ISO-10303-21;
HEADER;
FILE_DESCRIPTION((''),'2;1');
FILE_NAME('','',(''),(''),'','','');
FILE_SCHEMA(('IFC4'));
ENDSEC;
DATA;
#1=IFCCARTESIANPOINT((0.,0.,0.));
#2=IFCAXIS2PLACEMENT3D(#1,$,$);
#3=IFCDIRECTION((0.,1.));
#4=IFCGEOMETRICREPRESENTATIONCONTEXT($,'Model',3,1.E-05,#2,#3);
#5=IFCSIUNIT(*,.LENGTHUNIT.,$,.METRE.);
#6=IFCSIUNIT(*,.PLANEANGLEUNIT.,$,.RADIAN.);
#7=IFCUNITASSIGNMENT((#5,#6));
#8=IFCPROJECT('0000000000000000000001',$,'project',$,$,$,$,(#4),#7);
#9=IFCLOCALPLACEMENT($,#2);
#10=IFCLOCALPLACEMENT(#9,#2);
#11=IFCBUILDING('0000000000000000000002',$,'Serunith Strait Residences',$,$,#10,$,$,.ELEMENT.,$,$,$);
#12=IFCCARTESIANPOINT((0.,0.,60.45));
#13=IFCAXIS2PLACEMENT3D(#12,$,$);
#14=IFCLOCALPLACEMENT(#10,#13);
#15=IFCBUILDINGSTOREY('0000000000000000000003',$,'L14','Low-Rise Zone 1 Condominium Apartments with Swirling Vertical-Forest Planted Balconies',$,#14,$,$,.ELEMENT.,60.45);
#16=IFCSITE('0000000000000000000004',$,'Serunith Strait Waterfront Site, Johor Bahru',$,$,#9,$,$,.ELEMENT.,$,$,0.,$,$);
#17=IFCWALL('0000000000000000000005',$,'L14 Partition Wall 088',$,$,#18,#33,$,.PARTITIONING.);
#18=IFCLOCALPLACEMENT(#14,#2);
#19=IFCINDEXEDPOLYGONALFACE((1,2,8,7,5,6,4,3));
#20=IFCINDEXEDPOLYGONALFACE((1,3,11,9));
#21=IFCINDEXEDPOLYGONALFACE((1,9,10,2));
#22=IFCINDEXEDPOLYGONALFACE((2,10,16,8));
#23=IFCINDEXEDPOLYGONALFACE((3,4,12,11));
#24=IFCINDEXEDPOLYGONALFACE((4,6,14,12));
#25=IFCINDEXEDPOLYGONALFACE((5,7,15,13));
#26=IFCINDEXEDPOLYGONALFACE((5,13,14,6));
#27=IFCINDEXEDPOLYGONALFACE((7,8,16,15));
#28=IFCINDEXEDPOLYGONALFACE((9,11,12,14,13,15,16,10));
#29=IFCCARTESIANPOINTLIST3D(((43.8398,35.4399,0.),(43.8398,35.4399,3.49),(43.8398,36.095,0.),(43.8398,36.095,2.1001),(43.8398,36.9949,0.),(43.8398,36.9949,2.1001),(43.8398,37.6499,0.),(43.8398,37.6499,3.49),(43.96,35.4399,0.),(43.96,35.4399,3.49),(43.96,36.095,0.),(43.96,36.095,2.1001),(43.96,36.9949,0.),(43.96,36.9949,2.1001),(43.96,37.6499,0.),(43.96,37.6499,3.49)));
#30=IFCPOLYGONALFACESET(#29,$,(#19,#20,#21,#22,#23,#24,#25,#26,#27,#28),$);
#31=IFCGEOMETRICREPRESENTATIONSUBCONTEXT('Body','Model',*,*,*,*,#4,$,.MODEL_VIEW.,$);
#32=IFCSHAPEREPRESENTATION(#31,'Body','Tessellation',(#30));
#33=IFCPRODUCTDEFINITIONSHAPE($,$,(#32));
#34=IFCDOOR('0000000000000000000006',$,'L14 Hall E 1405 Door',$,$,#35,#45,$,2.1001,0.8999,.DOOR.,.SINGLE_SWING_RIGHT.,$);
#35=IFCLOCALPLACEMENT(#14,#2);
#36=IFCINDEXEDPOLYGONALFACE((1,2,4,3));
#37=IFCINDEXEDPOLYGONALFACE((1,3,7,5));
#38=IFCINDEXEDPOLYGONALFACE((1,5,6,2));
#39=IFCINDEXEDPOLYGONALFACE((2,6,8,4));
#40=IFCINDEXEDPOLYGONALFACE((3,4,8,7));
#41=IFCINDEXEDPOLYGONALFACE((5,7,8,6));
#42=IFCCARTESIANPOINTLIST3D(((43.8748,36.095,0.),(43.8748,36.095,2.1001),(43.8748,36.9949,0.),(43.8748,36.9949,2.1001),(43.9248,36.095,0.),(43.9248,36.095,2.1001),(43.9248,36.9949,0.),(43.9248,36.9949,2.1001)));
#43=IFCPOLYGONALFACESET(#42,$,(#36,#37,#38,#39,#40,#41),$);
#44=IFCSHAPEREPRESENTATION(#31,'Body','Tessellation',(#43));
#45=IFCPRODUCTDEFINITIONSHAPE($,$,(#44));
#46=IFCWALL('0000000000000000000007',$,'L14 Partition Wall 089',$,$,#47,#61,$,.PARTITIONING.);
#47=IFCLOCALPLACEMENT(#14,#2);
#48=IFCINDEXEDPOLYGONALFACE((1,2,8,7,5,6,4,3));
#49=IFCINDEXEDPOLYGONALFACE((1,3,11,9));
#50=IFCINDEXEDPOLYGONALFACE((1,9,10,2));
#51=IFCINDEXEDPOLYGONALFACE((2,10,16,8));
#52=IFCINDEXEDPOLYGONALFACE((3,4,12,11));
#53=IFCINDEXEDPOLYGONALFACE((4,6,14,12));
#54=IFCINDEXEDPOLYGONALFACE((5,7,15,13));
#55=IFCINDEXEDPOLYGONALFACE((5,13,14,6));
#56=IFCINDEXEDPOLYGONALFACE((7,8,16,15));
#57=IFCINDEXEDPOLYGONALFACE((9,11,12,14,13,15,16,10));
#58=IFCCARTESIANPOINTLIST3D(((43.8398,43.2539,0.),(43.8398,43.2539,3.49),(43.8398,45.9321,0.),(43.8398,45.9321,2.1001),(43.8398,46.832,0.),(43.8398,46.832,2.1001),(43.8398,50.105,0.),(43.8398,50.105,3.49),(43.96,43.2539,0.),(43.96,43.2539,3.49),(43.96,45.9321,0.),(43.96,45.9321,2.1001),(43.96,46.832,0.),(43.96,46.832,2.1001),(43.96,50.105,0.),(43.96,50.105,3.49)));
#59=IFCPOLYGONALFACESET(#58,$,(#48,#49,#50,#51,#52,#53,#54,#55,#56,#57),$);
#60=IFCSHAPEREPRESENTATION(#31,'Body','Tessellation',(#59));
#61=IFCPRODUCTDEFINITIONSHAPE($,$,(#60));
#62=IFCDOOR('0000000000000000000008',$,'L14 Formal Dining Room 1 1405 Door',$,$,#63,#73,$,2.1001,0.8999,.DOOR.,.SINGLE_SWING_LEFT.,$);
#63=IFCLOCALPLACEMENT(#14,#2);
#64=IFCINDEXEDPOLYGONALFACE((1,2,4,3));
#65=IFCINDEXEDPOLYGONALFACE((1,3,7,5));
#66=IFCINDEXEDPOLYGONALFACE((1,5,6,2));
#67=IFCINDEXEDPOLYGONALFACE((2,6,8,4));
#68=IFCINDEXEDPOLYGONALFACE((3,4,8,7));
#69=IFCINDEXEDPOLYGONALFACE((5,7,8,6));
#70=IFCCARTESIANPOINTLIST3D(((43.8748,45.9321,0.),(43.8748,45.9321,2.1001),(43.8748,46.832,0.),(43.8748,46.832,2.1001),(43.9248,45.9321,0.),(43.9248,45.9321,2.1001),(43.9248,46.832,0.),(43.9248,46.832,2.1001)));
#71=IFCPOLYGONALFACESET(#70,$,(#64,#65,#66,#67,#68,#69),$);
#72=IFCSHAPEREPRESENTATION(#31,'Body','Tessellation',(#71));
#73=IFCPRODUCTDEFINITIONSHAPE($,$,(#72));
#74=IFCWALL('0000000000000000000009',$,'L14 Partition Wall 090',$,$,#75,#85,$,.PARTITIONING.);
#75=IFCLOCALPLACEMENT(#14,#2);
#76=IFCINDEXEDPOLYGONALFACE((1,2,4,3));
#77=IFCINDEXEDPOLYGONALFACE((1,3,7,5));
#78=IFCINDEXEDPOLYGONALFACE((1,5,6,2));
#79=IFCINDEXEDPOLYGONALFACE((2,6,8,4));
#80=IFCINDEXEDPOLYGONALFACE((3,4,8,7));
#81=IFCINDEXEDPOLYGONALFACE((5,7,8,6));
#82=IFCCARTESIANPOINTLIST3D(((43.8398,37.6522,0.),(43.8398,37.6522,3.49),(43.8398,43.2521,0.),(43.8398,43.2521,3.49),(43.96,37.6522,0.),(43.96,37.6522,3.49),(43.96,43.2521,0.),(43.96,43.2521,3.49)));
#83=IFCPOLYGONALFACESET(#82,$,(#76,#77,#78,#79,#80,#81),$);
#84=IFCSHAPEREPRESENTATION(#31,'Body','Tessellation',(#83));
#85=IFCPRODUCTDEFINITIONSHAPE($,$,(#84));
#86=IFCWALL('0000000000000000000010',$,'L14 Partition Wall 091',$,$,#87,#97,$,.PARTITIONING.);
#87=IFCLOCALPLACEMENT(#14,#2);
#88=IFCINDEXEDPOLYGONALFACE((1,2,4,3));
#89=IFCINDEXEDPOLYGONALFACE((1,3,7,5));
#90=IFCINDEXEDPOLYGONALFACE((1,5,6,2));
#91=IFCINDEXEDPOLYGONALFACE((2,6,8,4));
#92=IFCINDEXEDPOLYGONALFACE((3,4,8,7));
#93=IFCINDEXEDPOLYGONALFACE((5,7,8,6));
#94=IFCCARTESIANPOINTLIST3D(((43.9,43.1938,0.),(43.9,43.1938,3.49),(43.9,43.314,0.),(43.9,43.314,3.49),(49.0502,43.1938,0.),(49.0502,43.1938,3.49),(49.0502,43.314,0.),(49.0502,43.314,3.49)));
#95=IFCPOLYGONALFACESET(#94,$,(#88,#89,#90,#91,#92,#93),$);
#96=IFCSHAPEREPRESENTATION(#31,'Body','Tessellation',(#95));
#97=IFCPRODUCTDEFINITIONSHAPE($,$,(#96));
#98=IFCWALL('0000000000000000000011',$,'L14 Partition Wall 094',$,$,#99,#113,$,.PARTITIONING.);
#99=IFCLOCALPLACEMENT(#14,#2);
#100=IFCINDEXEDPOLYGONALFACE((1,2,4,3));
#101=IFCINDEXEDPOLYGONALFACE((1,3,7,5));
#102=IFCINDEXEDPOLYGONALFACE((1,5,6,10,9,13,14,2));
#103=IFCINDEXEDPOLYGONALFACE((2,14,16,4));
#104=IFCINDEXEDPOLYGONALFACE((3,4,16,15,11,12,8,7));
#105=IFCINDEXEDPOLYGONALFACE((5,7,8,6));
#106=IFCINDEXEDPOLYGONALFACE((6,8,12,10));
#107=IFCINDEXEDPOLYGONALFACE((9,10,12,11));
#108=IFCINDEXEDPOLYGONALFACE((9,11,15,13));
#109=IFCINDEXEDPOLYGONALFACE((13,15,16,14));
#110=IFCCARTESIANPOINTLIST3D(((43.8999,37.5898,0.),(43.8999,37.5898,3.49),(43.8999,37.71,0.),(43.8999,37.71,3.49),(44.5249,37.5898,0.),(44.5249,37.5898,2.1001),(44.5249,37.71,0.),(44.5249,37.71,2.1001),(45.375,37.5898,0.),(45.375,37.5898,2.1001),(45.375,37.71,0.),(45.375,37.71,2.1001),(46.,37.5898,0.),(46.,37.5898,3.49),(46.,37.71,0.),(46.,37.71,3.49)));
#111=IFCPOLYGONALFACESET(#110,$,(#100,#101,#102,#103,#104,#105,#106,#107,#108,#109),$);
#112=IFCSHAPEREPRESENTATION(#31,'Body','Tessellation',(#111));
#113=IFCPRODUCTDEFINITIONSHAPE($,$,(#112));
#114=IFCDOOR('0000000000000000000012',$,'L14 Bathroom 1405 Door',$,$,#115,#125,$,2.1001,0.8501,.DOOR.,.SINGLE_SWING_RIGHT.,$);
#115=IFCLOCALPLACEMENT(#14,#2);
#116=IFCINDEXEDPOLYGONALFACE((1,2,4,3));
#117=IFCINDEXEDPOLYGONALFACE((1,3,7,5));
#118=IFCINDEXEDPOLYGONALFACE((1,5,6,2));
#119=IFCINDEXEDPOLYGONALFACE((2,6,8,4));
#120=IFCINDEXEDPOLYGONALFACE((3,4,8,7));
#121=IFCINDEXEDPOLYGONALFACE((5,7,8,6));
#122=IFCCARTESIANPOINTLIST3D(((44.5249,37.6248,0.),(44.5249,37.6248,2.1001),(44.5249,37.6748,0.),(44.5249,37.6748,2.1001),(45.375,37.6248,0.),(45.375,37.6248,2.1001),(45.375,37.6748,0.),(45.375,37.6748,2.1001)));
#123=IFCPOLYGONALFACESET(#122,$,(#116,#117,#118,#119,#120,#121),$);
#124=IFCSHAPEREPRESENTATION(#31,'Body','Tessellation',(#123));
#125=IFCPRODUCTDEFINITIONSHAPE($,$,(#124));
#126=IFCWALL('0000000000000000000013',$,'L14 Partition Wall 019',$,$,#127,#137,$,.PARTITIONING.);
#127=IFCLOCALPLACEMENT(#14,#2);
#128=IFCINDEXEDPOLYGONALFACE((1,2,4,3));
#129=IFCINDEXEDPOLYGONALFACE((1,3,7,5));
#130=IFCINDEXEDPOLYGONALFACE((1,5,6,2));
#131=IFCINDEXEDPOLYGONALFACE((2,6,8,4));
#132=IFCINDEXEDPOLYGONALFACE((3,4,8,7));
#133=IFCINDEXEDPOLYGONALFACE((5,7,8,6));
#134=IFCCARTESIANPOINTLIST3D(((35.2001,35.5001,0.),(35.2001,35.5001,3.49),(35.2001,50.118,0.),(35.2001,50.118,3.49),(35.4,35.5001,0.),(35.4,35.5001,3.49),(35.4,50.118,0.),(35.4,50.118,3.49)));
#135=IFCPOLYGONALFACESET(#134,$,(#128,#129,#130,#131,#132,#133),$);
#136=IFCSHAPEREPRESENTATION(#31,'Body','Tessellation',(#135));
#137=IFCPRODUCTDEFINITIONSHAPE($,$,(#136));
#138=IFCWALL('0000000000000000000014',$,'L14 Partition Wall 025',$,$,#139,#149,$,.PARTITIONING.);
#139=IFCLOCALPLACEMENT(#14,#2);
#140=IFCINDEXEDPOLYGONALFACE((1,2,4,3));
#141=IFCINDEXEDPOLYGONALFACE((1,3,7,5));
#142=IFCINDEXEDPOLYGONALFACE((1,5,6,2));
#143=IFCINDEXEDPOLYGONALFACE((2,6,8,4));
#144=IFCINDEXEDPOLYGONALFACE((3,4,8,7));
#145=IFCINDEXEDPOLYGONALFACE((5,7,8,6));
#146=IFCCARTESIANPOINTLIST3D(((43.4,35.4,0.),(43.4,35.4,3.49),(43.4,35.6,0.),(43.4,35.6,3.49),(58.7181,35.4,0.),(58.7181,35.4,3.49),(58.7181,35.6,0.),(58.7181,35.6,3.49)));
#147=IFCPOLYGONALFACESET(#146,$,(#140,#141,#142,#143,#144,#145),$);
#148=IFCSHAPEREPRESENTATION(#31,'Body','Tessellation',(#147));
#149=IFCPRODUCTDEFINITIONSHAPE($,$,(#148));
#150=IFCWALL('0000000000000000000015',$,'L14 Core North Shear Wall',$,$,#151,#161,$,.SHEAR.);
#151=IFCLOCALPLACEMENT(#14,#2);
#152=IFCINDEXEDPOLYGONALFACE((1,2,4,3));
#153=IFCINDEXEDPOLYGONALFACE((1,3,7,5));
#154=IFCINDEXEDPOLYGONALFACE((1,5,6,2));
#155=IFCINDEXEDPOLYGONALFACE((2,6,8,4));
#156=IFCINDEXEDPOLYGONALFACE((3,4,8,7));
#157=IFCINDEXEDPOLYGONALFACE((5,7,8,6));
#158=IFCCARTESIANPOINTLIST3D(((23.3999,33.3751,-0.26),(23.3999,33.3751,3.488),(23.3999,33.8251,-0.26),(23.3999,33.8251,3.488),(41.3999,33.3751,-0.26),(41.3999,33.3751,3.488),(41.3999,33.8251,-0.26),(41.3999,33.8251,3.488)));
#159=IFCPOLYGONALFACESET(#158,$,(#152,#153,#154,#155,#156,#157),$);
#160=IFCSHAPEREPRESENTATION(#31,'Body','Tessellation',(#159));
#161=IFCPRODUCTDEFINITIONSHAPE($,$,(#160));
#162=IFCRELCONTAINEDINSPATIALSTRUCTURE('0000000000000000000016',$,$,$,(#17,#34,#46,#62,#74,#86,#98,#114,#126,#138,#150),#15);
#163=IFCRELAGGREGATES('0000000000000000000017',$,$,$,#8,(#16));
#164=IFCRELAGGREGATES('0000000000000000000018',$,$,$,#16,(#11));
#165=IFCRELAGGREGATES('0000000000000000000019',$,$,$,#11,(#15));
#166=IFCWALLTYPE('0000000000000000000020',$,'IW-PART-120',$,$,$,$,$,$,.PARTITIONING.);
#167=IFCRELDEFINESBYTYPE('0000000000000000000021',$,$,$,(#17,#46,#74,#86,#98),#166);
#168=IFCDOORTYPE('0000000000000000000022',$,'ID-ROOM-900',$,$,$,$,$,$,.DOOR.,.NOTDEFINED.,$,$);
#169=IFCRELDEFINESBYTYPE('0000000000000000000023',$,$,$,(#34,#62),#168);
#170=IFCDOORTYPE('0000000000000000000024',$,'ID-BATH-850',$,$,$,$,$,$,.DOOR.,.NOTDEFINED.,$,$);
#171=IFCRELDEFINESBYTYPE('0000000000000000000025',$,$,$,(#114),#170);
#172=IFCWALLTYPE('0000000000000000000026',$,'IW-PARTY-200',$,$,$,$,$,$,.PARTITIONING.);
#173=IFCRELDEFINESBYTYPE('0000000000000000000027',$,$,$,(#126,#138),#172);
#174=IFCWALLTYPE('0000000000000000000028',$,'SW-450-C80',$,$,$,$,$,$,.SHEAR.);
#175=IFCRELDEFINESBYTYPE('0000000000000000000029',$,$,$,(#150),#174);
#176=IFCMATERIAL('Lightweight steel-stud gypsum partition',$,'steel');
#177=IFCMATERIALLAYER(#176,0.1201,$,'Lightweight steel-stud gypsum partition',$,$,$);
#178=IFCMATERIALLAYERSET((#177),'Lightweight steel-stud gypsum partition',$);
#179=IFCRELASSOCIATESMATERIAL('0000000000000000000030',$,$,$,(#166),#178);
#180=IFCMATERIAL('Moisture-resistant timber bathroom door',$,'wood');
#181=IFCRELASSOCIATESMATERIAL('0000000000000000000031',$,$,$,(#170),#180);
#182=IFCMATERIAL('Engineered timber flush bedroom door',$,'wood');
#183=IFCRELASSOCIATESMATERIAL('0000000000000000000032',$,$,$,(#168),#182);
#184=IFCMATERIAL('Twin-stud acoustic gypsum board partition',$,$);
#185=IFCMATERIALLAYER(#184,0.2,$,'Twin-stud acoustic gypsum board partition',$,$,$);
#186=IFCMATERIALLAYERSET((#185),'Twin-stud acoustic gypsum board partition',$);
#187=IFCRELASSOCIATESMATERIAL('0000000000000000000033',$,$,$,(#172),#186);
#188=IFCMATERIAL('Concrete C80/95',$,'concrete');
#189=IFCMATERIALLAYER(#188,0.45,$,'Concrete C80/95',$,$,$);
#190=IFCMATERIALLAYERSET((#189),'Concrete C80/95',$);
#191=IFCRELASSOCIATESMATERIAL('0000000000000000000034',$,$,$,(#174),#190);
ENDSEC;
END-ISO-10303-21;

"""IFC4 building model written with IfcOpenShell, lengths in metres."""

from ifc_helpers import new_model, si_unit, direction, frame, frame_2d, origin, place, context, subcontext, project, spatial, rectangle, extrude, source, transform, mapped, material, layer, layer_set, type_object, element, fill, save


model = new_model("IFC4")

# Units and contexts
model_context = context("Model", 3, precision=1e-05, world=origin(), true_north=direction((0.0, 1.0)))
body_context = subcontext(model_context, "Body", "Model", "MODEL_VIEW")
ifc_project = project(units=[si_unit("LENGTHUNIT", "METRE"), si_unit("PLANEANGLEUNIT", "RADIAN")], contexts=[model_context])

# Site, building, storey
site_placement = place(None, origin())
site = spatial("IfcSite", under=ifc_project, at=site_placement, Name="Serunith Strait Waterfront Site, Johor Bahru", CompositionType="ELEMENT", RefElevation=0.0)
building_placement = place(site_placement, origin())
building = spatial("IfcBuilding", under=site, at=building_placement, Name="Serunith Strait Residences", CompositionType="ELEMENT")
storey_placement = place(building_placement, frame((0.0, 0.0, 60.45)))
storey = spatial("IfcBuildingStorey", under=building, at=storey_placement, Name="L14", Description="Low-Rise Zone 1 Condominium Apartments with Swirling Vertical-Forest Planted Balconies", CompositionType="ELEMENT", Elevation=60.45)

# Shared definitions
ifc_material_1 = material(Name="Lightweight steel-stud gypsum partition", Category="steel")
ifc_layer_1 = layer(ifc_material_1, 0.1201, Name="Lightweight steel-stud gypsum partition")
ifc_layer_set_1 = layer_set([ifc_layer_1], Name="Lightweight steel-stud gypsum partition")
wall_type_1 = type_object("IfcWallType", Name="IW-PART-120", PredefinedType="PARTITIONING", material=ifc_layer_set_1)
ifc_material_2 = material(Name="Moisture-resistant timber bathroom door", Category="wood")
door_type_1 = type_object("IfcDoorType", Name="ID-BATH-850", OperationType="NOTDEFINED", PredefinedType="DOOR", material=ifc_material_2)
shared_shape_1 = source(origin(), body_context, "Body", "SweptSolid", [
    extrude(rectangle(XDim=0.8501, YDim=2.1001, at=frame_2d((0.425, 1.05))), frame((0.0, 0.0249, 0.0), z_axis=(0.0, -1.0, 0.0), x_axis=(1.0, 0.0, 0.0)), (0.0, 0.0, 1.0), 0.05),
])

# Walls, openings, doors
wall_1_placement = place(storey_placement, frame((43.8999, 37.6499, 0.0), z_axis=(0.0, 0.0, 1.0), x_axis=(0.0, -1.0, 0.0)))
wall_1 = element("IfcWall", 1, at=wall_1_placement, inside=storey, type_object=wall_type_1, Name="L14 Partition Wall 088", PredefinedType="PARTITIONING", context=body_context, shape_type="SweptSolid", body=[
    extrude(rectangle(XDim=2.21, YDim=0.1201, at=frame_2d((1.105, 0.0))), origin(), (0.0, 0.0, 1.0), 3.49),
])
opening_1_placement = place(wall_1_placement, frame((0.655, 0.0, 0.0)))
opening_1 = element("IfcOpeningElement", 2, at=opening_1_placement, cuts=wall_1, PredefinedType="OPENING", context=body_context, shape_type="SweptSolid", body=[
    extrude(rectangle(XDim=0.8999, YDim=2.1001, at=frame_2d((0.45, 1.05))), frame((0.0, 0.0701, 0.0), z_axis=(0.0, -1.0, 0.0), x_axis=(1.0, 0.0, 0.0)), (0.0, 0.0, 1.0), 0.1401),
])
ifc_material_3 = material(Name="Engineered timber flush bedroom door", Category="wood")
door_type_2 = type_object("IfcDoorType", Name="ID-ROOM-900", OperationType="NOTDEFINED", PredefinedType="DOOR", material=ifc_material_3)
shared_shape_2 = source(origin(), body_context, "Body", "SweptSolid", [
    extrude(rectangle(XDim=0.8999, YDim=2.1001, at=frame_2d((0.45, 1.05))), frame((0.0, 0.0249, 0.0), z_axis=(0.0, -1.0, 0.0), x_axis=(1.0, 0.0, 0.0)), (0.0, 0.0, 1.0), 0.05),
])
door_1_placement = place(opening_1_placement, origin())
door_1 = element("IfcDoor", 3, at=door_1_placement, inside=storey, type_object=door_type_2, Name="L14 Hall E 1405 Door", OperationType="SINGLE_SWING_RIGHT", OverallHeight=2.1001, OverallWidth=0.8999, PredefinedType="DOOR", context=body_context, shape_type="MappedRepresentation", body=[
    mapped(shared_shape_2, transform((0.0, 0.0, 0.0), scale=1.0)),
])
fill(opening_1, door_1)
wall_2_placement = place(storey_placement, frame((43.8999, 50.105, 0.0), z_axis=(0.0, 0.0, 1.0), x_axis=(0.0, -1.0, 0.0)))
wall_2 = element("IfcWall", 4, at=wall_2_placement, inside=storey, type_object=wall_type_1, Name="L14 Partition Wall 089", PredefinedType="PARTITIONING", context=body_context, shape_type="SweptSolid", body=[
    extrude(rectangle(XDim=6.8511, YDim=0.1201, at=frame_2d((3.4255, 0.0))), origin(), (0.0, 0.0, 1.0), 3.49),
])
opening_2_placement = place(wall_2_placement, frame((3.2729, 0.0, 0.0)))
opening_2 = element("IfcOpeningElement", 5, at=opening_2_placement, cuts=wall_2, PredefinedType="OPENING", context=body_context, shape_type="SweptSolid", body=[
    extrude(rectangle(XDim=0.8999, YDim=2.1001, at=frame_2d((0.45, 1.05))), frame((0.0, 0.0701, 0.0), z_axis=(0.0, -1.0, 0.0), x_axis=(1.0, 0.0, 0.0)), (0.0, 0.0, 1.0), 0.1401),
])
door_2_placement = place(opening_2_placement, origin())
door_2 = element("IfcDoor", 6, at=door_2_placement, inside=storey, type_object=door_type_2, Name="L14 Formal Dining Room 1 1405 Door", OperationType="SINGLE_SWING_LEFT", OverallHeight=2.1001, OverallWidth=0.8999, PredefinedType="DOOR", context=body_context, shape_type="MappedRepresentation", body=[
    mapped(shared_shape_2, transform((0.0, 0.0, 0.0), scale=1.0)),
])
fill(opening_2, door_2)

# Walls
wall_3_placement = place(storey_placement, frame((43.8999, 43.252, 0.0), z_axis=(0.0, 0.0, 1.0), x_axis=(0.0, -1.0, 0.0)))
element("IfcWall", 7, at=wall_3_placement, inside=storey, type_object=wall_type_1, Name="L14 Partition Wall 090", PredefinedType="PARTITIONING", context=body_context, shape_type="SweptSolid", body=[
    extrude(rectangle(XDim=5.5999, YDim=0.1201, at=frame_2d((2.7998, 0.0))), origin(), (0.0, 0.0, 1.0), 3.49),
])
wall_4_placement = place(storey_placement, frame((43.8999, 43.2539, 0.0), z_axis=(0.0, 0.0, 1.0), x_axis=(1.0, 0.0, 0.0)))
element("IfcWall", 8, at=wall_4_placement, inside=storey, type_object=wall_type_1, Name="L14 Partition Wall 091", PredefinedType="PARTITIONING", context=body_context, shape_type="SweptSolid", body=[
    extrude(rectangle(XDim=5.1501, YDim=0.1201, at=frame_2d((2.5752, 0.0))), origin(), (0.0, 0.0, 1.0), 3.49),
])

# Wall, opening, door
wall_5_placement = place(storey_placement, frame((43.8999, 37.6499, 0.0), z_axis=(0.0, 0.0, 1.0), x_axis=(1.0, 0.0, 0.0)))
wall_5 = element("IfcWall", 9, at=wall_5_placement, inside=storey, type_object=wall_type_1, Name="L14 Partition Wall 094", PredefinedType="PARTITIONING", context=body_context, shape_type="SweptSolid", body=[
    extrude(rectangle(XDim=2.1001, YDim=0.1201, at=frame_2d((1.05, 0.0))), origin(), (0.0, 0.0, 1.0), 3.49),
])
opening_3_placement = place(wall_5_placement, frame((0.625, 0.0, 0.0)))
opening_3 = element("IfcOpeningElement", 10, at=opening_3_placement, cuts=wall_5, PredefinedType="OPENING", context=body_context, shape_type="SweptSolid", body=[
    extrude(rectangle(XDim=0.8501, YDim=2.1001, at=frame_2d((0.425, 1.05))), frame((0.0, 0.0701, 0.0), z_axis=(0.0, -1.0, 0.0), x_axis=(1.0, 0.0, 0.0)), (0.0, 0.0, 1.0), 0.1401),
])
door_3_placement = place(opening_3_placement, origin())
door_3 = element("IfcDoor", 11, at=door_3_placement, inside=storey, type_object=door_type_1, Name="L14 Bathroom 1405 Door", OperationType="SINGLE_SWING_RIGHT", OverallHeight=2.1001, OverallWidth=0.8501, PredefinedType="DOOR", context=body_context, shape_type="MappedRepresentation", body=[
    mapped(shared_shape_1, transform((0.0, 0.0, 0.0), scale=1.0)),
])
fill(opening_3, door_3)

# Walls
ifc_material_4 = material(Name="Twin-stud acoustic gypsum board partition")
ifc_layer_2 = layer(ifc_material_4, 0.2, Name="Twin-stud acoustic gypsum board partition")
ifc_layer_set_2 = layer_set([ifc_layer_2], Name="Twin-stud acoustic gypsum board partition")
wall_type_2 = type_object("IfcWallType", Name="IW-PARTY-200", PredefinedType="PARTITIONING", material=ifc_layer_set_2)
wall_6_placement = place(storey_placement, frame((35.3, 35.5, 0.0), z_axis=(0.0, 0.0, 1.0), x_axis=(0.0, 1.0, 0.0)))
element("IfcWall", 12, at=wall_6_placement, inside=storey, type_object=wall_type_2, Name="L14 Partition Wall 019", PredefinedType="PARTITIONING", context=body_context, shape_type="SweptSolid", body=[
    extrude(rectangle(XDim=14.6179, YDim=0.2, at=frame_2d((7.3091, 0.0))), origin(), (0.0, 0.0, 1.0), 3.49),
])
wall_7_placement = place(storey_placement, frame((43.3999, 35.5, 0.0), z_axis=(0.0, 0.0, 1.0), x_axis=(1.0, 0.0, 0.0)))
element("IfcWall", 13, at=wall_7_placement, inside=storey, type_object=wall_type_2, Name="L14 Partition Wall 025", PredefinedType="PARTITIONING", context=body_context, shape_type="SweptSolid", body=[
    extrude(rectangle(XDim=15.3181, YDim=0.2, at=frame_2d((7.6592, 0.0))), origin(), (0.0, 0.0, 1.0), 3.49),
])
ifc_material_5 = material(Name="Concrete C80/95", Category="concrete")
ifc_layer_3 = layer(ifc_material_5, 0.45, Name="Concrete C80/95")
ifc_layer_set_3 = layer_set([ifc_layer_3], Name="Concrete C80/95")
wall_type_3 = type_object("IfcWallType", Name="SW-450-C80", PredefinedType="SHEAR", material=ifc_layer_set_3)
wall_8_placement = place(storey_placement, frame((41.3999, 33.6001, -0.26), z_axis=(0.0, 0.0, 1.0), x_axis=(-1.0, 0.0, 0.0)))
element("IfcWall", 14, at=wall_8_placement, inside=storey, type_object=wall_type_3, Name="L14 Core North Shear Wall", PredefinedType="SHEAR", context=body_context, shape_type="SweptSolid", body=[
    extrude(rectangle(XDim=18.0, YDim=0.45, at=frame_2d((9.0, 0.0))), origin(), (0.0, 0.0, 1.0), 3.748),
])

save(model, "model.ifc")
